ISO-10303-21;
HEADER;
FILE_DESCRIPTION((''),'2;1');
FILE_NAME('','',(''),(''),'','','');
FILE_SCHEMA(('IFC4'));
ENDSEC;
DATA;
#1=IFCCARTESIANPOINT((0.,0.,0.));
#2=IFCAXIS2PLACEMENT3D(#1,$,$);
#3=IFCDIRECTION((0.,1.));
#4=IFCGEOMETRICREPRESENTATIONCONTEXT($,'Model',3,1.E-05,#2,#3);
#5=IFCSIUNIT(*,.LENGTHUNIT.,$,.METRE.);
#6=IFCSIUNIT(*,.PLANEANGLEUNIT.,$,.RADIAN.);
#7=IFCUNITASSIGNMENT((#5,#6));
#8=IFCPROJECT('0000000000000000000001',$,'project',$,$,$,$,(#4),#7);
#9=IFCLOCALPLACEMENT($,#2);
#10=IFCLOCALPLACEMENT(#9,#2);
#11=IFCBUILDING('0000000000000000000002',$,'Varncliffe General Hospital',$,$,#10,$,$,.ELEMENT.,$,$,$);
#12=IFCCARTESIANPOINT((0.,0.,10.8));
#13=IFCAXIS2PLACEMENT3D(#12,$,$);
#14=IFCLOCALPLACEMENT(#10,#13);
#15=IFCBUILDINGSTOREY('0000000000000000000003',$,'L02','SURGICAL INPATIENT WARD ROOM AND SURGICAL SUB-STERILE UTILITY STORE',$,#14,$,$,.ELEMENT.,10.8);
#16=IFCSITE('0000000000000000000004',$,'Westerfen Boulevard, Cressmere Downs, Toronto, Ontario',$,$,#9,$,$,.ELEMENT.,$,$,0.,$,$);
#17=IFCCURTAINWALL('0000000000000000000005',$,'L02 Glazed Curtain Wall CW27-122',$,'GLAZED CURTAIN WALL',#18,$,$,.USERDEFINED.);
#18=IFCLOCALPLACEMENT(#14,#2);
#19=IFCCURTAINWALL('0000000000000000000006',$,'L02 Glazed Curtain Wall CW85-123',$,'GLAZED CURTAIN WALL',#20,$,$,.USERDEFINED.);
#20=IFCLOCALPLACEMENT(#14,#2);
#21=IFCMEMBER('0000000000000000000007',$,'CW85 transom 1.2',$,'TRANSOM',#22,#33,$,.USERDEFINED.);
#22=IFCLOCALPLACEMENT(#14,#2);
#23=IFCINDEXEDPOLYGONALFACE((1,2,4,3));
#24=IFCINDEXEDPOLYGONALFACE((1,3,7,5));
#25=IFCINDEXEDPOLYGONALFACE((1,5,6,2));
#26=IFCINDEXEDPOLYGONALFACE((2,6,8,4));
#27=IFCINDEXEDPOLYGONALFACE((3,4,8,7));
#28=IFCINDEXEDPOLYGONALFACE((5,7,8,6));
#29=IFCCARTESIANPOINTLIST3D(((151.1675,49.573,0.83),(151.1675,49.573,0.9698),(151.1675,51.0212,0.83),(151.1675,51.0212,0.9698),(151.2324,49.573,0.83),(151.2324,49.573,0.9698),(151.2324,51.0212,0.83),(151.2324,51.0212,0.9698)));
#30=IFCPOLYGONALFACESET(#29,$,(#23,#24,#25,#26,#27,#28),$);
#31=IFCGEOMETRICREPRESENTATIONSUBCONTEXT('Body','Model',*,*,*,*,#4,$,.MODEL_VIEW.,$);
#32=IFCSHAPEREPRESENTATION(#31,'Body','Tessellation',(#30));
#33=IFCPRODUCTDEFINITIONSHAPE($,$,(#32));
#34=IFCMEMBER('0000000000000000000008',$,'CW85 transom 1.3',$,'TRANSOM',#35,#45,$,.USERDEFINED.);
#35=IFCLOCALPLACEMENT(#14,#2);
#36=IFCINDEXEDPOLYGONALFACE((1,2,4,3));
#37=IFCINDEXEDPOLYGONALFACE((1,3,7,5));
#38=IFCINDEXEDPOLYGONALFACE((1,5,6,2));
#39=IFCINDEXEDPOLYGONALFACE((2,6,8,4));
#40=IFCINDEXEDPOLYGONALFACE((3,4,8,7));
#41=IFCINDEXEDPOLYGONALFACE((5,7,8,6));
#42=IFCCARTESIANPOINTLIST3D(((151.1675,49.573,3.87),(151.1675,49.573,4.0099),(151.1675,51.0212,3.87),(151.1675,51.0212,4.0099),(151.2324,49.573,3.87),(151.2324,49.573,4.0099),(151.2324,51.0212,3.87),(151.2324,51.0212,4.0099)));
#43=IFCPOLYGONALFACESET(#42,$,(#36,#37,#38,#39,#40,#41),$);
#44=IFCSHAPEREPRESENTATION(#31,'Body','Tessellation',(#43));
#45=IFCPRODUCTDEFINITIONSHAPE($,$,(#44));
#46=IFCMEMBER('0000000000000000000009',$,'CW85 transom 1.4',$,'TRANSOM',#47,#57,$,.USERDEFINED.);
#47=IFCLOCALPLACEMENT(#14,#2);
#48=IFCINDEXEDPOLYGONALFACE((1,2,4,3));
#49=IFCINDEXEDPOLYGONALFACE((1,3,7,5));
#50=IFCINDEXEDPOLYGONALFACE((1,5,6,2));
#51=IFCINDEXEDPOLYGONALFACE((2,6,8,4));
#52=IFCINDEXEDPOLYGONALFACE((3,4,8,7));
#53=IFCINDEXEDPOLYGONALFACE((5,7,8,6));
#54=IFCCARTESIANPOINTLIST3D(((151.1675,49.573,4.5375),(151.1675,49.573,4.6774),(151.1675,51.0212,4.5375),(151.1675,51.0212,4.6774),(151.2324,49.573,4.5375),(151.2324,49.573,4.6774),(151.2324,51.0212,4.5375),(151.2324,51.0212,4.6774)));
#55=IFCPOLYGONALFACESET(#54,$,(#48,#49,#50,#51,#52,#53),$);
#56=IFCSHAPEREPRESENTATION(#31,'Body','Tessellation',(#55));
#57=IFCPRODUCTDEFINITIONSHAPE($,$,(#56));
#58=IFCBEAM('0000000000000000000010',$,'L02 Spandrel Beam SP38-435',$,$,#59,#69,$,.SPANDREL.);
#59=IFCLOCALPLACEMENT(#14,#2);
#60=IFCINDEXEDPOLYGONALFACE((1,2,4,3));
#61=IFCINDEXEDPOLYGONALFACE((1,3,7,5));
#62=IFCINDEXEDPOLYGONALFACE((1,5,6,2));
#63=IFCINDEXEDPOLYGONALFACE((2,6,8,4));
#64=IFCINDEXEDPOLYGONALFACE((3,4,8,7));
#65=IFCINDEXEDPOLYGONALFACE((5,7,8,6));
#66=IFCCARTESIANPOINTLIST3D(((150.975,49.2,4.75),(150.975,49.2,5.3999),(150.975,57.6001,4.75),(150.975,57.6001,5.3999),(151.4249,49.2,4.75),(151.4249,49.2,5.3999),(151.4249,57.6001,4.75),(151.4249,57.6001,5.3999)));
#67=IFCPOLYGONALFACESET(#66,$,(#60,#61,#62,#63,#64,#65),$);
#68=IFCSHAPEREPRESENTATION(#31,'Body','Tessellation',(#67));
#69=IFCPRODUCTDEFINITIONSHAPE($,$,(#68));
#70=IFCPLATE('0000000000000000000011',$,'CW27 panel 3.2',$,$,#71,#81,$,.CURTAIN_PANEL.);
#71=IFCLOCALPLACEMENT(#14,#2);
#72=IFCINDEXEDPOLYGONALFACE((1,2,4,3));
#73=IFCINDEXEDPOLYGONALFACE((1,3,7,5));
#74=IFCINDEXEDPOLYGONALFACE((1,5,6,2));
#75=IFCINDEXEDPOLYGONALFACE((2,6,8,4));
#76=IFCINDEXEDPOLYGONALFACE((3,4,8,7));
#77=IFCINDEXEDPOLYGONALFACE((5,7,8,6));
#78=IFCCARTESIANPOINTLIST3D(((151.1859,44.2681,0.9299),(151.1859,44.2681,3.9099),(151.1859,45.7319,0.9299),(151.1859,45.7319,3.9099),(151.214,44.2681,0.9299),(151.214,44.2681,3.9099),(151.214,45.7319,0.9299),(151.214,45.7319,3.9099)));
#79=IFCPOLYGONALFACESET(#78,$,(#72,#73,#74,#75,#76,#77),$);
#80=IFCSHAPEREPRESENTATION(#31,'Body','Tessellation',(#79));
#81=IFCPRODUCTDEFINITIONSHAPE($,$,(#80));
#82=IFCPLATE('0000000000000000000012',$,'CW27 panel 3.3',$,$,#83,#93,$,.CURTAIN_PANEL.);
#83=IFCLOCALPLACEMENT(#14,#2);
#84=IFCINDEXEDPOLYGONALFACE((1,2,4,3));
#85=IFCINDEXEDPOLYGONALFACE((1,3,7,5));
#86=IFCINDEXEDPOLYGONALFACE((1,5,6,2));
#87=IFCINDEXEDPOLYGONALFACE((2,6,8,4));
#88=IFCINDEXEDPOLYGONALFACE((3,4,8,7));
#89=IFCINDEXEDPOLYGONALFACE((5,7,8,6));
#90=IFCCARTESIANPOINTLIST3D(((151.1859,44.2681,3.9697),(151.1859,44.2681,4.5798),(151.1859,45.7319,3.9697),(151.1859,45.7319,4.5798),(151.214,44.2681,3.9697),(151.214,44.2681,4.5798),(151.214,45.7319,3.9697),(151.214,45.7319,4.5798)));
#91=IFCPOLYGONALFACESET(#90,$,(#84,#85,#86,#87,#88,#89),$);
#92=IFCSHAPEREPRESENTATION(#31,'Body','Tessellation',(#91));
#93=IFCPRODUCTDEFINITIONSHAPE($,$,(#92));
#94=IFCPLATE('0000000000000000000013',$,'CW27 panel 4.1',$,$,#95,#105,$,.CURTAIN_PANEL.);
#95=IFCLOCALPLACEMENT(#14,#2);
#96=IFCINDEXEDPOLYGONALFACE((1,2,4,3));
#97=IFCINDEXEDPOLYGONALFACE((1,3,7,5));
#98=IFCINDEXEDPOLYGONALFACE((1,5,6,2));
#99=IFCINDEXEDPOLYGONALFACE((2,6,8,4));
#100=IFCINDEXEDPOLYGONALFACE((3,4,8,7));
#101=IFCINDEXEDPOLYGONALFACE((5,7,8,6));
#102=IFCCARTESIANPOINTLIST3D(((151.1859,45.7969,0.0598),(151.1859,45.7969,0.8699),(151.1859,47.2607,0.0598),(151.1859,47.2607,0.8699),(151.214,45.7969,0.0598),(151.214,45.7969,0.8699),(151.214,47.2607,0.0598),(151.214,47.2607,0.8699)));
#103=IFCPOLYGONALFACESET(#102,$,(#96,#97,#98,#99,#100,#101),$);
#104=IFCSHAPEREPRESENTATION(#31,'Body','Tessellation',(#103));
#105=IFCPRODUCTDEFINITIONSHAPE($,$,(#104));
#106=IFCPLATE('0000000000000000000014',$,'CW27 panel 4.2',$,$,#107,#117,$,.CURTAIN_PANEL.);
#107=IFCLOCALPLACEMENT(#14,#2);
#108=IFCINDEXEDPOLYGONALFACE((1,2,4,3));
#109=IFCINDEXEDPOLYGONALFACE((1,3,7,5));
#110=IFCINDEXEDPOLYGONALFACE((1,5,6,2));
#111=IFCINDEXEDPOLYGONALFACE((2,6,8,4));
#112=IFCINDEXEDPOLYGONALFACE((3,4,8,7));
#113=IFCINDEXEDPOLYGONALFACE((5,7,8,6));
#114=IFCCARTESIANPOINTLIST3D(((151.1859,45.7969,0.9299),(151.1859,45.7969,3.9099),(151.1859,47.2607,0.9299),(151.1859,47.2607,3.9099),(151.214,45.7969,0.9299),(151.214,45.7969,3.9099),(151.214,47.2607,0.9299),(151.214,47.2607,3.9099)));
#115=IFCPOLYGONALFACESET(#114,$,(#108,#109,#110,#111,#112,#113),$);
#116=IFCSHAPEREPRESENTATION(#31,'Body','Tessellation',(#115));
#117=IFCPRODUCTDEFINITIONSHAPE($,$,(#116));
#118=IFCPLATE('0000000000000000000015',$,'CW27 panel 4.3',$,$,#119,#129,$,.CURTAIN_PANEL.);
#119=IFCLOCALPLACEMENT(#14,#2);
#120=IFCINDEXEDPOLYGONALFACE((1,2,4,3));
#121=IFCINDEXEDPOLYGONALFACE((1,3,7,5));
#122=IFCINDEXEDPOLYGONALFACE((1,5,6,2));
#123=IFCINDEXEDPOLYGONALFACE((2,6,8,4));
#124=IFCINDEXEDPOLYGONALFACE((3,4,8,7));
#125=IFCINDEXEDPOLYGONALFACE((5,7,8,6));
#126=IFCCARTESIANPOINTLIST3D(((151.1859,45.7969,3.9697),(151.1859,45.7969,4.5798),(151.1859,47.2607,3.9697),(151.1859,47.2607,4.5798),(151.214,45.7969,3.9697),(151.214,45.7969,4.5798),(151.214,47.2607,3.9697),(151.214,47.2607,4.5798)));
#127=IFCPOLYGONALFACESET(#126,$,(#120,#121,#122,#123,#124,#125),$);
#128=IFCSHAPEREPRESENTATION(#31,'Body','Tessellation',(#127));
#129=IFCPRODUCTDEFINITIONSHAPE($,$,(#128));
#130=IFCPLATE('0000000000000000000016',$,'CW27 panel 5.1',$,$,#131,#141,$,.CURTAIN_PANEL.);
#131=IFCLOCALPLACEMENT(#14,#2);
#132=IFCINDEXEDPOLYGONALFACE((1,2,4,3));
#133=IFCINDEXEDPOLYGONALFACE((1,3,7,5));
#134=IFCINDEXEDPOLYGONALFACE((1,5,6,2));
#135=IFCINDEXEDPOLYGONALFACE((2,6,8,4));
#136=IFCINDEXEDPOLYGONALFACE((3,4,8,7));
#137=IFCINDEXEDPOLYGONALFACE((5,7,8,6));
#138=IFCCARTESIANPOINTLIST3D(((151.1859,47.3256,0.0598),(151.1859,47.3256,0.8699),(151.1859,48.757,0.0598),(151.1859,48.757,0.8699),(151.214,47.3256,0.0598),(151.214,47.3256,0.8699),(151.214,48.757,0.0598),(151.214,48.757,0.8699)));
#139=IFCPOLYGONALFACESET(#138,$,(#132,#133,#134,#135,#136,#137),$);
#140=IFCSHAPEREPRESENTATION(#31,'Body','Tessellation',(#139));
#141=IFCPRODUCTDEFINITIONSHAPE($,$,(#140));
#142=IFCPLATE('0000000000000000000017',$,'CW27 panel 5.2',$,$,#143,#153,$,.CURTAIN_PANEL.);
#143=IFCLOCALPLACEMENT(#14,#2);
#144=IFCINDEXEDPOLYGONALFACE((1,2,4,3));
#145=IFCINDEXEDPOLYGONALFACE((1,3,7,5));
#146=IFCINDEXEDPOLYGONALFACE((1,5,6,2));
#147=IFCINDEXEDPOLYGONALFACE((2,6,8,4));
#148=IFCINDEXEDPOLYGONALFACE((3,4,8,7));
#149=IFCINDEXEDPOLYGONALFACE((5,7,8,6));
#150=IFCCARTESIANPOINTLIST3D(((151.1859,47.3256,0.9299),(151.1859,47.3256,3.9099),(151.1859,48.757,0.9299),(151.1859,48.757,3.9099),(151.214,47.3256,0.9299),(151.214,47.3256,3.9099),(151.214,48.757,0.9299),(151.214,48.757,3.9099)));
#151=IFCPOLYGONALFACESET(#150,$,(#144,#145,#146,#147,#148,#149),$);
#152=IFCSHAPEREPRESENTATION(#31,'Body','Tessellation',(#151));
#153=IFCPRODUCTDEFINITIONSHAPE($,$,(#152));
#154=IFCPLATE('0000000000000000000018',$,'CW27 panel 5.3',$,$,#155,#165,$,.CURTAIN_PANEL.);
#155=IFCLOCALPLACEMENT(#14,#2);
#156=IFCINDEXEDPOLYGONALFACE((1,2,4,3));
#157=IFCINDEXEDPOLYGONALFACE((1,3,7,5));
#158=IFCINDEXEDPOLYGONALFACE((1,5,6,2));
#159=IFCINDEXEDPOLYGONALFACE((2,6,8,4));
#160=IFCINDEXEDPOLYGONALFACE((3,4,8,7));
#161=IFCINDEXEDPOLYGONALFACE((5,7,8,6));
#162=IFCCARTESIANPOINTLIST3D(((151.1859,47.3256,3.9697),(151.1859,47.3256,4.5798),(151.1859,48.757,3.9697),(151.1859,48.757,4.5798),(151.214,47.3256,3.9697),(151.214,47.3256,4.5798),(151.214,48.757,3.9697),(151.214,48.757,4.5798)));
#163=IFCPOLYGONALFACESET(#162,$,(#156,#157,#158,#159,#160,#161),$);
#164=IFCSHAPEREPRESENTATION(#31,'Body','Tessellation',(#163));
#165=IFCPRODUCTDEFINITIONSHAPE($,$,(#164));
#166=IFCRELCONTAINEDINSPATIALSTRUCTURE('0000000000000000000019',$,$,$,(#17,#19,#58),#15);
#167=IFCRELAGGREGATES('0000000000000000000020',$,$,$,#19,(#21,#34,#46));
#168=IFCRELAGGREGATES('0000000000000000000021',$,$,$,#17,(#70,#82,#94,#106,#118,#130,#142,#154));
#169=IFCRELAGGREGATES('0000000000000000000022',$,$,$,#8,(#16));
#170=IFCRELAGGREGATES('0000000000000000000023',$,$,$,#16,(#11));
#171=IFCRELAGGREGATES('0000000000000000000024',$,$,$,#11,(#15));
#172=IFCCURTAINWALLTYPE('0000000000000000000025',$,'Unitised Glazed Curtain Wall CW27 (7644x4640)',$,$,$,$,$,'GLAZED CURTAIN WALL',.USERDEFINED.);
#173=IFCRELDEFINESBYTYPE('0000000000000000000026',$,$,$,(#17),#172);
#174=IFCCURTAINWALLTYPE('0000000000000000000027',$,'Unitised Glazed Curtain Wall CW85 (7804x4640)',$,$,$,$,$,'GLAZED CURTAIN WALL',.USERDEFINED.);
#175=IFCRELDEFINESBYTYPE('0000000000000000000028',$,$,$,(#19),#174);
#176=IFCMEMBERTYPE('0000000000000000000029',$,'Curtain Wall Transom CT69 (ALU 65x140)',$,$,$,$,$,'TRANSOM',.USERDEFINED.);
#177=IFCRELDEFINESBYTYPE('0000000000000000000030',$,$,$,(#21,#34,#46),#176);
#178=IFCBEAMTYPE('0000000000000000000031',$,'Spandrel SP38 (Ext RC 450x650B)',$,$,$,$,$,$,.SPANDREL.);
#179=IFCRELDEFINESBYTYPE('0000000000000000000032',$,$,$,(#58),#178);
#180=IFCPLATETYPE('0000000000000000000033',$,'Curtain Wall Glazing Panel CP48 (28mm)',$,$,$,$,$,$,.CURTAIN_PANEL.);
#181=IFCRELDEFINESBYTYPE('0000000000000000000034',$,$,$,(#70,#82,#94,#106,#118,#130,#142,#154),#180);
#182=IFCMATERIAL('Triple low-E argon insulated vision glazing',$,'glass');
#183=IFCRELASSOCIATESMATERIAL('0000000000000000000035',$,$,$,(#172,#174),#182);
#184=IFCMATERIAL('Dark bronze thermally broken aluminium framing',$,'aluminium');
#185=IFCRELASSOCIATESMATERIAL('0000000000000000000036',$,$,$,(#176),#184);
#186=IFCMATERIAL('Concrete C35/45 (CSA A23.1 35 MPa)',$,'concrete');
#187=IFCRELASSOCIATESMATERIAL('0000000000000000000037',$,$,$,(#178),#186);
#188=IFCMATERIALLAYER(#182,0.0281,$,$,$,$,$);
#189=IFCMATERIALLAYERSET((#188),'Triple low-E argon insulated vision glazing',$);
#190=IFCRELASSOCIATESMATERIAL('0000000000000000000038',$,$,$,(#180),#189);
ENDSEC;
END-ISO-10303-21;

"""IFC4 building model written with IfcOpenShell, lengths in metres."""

from ifc_helpers import new_model, si_unit, direction, frame, origin, origin_2d, place, context, subcontext, project, spatial, rectangle, extrude, material, layer, layer_set, material_profile, profile_set, type_object, element, aggregate, save


model = new_model("IFC4")

# Units and contexts
model_context = context("Model", 3, precision=1e-05, world=origin(), true_north=direction((0.0, 1.0)))
body_context = subcontext(model_context, "Body", "Model", "MODEL_VIEW")
ifc_project = project(units=[si_unit("LENGTHUNIT", "METRE"), si_unit("PLANEANGLEUNIT", "RADIAN")], contexts=[model_context])

# Site, building, storey
site_placement = place(None, origin())
site = spatial("IfcSite", under=ifc_project, at=site_placement, Name="Westerfen Boulevard, Cressmere Downs, Toronto, Ontario", CompositionType="ELEMENT", RefElevation=0.0)
building_placement = place(site_placement, origin())
building = spatial("IfcBuilding", under=site, at=building_placement, Name="Varncliffe General Hospital", CompositionType="ELEMENT")
storey_placement = place(building_placement, frame((0.0, 0.0, 10.8)))
storey = spatial("IfcBuildingStorey", under=building, at=storey_placement, Name="L02", Description="SURGICAL INPATIENT WARD ROOM AND SURGICAL SUB-STERILE UTILITY STORE", CompositionType="ELEMENT", Elevation=10.8)

# Curtain wall
ifc_material_1 = material(Name="Triple low-E argon insulated vision glazing", Category="glass")
curtain_wall_type_1 = type_object("IfcCurtainWallType", Name="Unitised Glazed Curtain Wall CW27 (7644x4640)", ElementType="GLAZED CURTAIN WALL", PredefinedType="USERDEFINED", material=ifc_material_1)
curtain_wall_1_placement = place(storey_placement, origin())
curtain_wall_1 = element("IfcCurtainWall", 1, at=curtain_wall_1_placement, inside=storey, type_object=curtain_wall_type_1, Name="L02 Glazed Curtain Wall CW27-122", ObjectType="GLAZED CURTAIN WALL", PredefinedType="USERDEFINED")
ifc_material_2 = material(Name="Dark bronze thermally broken aluminium framing", Category="aluminium")

# Curtain wall
curtain_wall_type_2 = type_object("IfcCurtainWallType", Name="Unitised Glazed Curtain Wall CW85 (7804x4640)", ElementType="GLAZED CURTAIN WALL", PredefinedType="USERDEFINED", material=ifc_material_1)
curtain_wall_2_placement = place(storey_placement, origin())
curtain_wall_2 = element("IfcCurtainWall", 2, at=curtain_wall_2_placement, inside=storey, type_object=curtain_wall_type_2, Name="L02 Glazed Curtain Wall CW85-123", ObjectType="GLAZED CURTAIN WALL", PredefinedType="USERDEFINED")

# Members
ifc_material_profile_1 = material_profile(ifc_material_2, rectangle(XDim=0.0649, YDim=0.1399, at=origin_2d()), Name="ALU 65x140")
ifc_profile_set_1 = profile_set([ifc_material_profile_1], Name="Dark bronze thermally broken aluminium framing")
member_type_1 = type_object("IfcMemberType", Name="Curtain Wall Transom CT69 (ALU 65x140)", ElementType="TRANSOM", PredefinedType="USERDEFINED", material=ifc_profile_set_1)
member_1_placement = place(storey_placement, frame((151.2, 49.573, 0.8999), z_axis=(0.0, 1.0, 0.0), x_axis=(-1.0, 0.0, 0.0)))
member_1 = element("IfcMember", 3, at=member_1_placement, type_object=member_type_1, Name="CW85 transom 1.2", ObjectType="TRANSOM", PredefinedType="USERDEFINED", context=body_context, shape_type="SweptSolid", body=[
    extrude(rectangle(XDim=0.0649, YDim=0.1399, at=origin_2d()), origin(), (0.0, 0.0, 1.0), 1.4482),
])
member_2_placement = place(storey_placement, frame((151.2, 49.573, 3.9399), z_axis=(0.0, 1.0, 0.0), x_axis=(-1.0, 0.0, 0.0)))
member_2 = element("IfcMember", 4, at=member_2_placement, type_object=member_type_1, Name="CW85 transom 1.3", ObjectType="TRANSOM", PredefinedType="USERDEFINED", context=body_context, shape_type="SweptSolid", body=[
    extrude(rectangle(XDim=0.0649, YDim=0.1399, at=origin_2d()), origin(), (0.0, 0.0, 1.0), 1.4482),
])
member_3_placement = place(storey_placement, frame((151.2, 49.573, 4.6074), z_axis=(0.0, 1.0, 0.0), x_axis=(-1.0, 0.0, 0.0)))
member_3 = element("IfcMember", 5, at=member_3_placement, type_object=member_type_1, Name="CW85 transom 1.4", ObjectType="TRANSOM", PredefinedType="USERDEFINED", context=body_context, shape_type="SweptSolid", body=[
    extrude(rectangle(XDim=0.0649, YDim=0.1399, at=origin_2d()), origin(), (0.0, 0.0, 1.0), 1.4482),
])
aggregate(curtain_wall_2, [member_1, member_2, member_3])

# Beam
ifc_material_3 = material(Name="Concrete C35/45 (CSA A23.1 35 MPa)", Category="concrete")
ifc_material_profile_2 = material_profile(ifc_material_3, rectangle(XDim=0.45, YDim=0.6499, at=origin_2d()), Name="RC 450x650")
ifc_profile_set_2 = profile_set([ifc_material_profile_2], Name="Concrete C35/45 (CSA A23.1 35 MPa)")
beam_type = type_object("IfcBeamType", Name="Spandrel SP38 (Ext RC 450x650B)", PredefinedType="SPANDREL", material=ifc_profile_set_2)
beam_placement = place(storey_placement, frame((151.2, 49.2, 5.075), z_axis=(0.0, 1.0, 0.0), x_axis=(-1.0, 0.0, 0.0)))
element("IfcBeam", 6, at=beam_placement, inside=storey, type_object=beam_type, Name="L02 Spandrel Beam SP38-435", PredefinedType="SPANDREL", context=body_context, shape_type="SweptSolid", body=[
    extrude(rectangle(XDim=0.45, YDim=0.6499, at=origin_2d()), origin(), (0.0, 0.0, 1.0), 8.4001),
])

# Plates
ifc_layer = layer(ifc_material_1, 0.0281)
ifc_layer_set = layer_set([ifc_layer], Name="Triple low-E argon insulated vision glazing")
plate_type = type_object("IfcPlateType", Name="Curtain Wall Glazing Panel CP48 (28mm)", PredefinedType="CURTAIN_PANEL", material=ifc_layer_set)
plate_1_placement = place(storey_placement, frame((151.2, 45.0, 0.9299), z_axis=(0.0, 0.0, 1.0), x_axis=(0.0, 1.0, 0.0)))
plate_1 = element("IfcPlate", 7, at=plate_1_placement, type_object=plate_type, Name="CW27 panel 3.2", PredefinedType="CURTAIN_PANEL", context=body_context, shape_type="SweptSolid", body=[
    extrude(rectangle(XDim=1.4639, YDim=0.0281, at=origin_2d()), origin(), (0.0, 0.0, 1.0), 2.98),
])
plate_2_placement = place(storey_placement, frame((151.2, 45.0, 3.9697), z_axis=(0.0, 0.0, 1.0), x_axis=(0.0, 1.0, 0.0)))
plate_2 = element("IfcPlate", 8, at=plate_2_placement, type_object=plate_type, Name="CW27 panel 3.3", PredefinedType="CURTAIN_PANEL", context=body_context, shape_type="SweptSolid", body=[
    extrude(rectangle(XDim=1.4639, YDim=0.0281, at=origin_2d()), origin(), (0.0, 0.0, 1.0), 0.6101),
])
plate_3_placement = place(storey_placement, frame((151.2, 46.5288, 0.0598), z_axis=(0.0, 0.0, 1.0), x_axis=(0.0, 1.0, 0.0)))
plate_3 = element("IfcPlate", 9, at=plate_3_placement, type_object=plate_type, Name="CW27 panel 4.1", PredefinedType="CURTAIN_PANEL", context=body_context, shape_type="SweptSolid", body=[
    extrude(rectangle(XDim=1.4639, YDim=0.0281, at=origin_2d()), origin(), (0.0, 0.0, 1.0), 0.8101),
])
plate_4_placement = place(storey_placement, frame((151.2, 46.5288, 0.9299), z_axis=(0.0, 0.0, 1.0), x_axis=(0.0, 1.0, 0.0)))
plate_4 = element("IfcPlate", 10, at=plate_4_placement, type_object=plate_type, Name="CW27 panel 4.2", PredefinedType="CURTAIN_PANEL", context=body_context, shape_type="SweptSolid", body=[
    extrude(rectangle(XDim=1.4639, YDim=0.0281, at=origin_2d()), origin(), (0.0, 0.0, 1.0), 2.98),
])
plate_5_placement = place(storey_placement, frame((151.2, 46.5288, 3.9697), z_axis=(0.0, 0.0, 1.0), x_axis=(0.0, 1.0, 0.0)))
plate_5 = element("IfcPlate", 11, at=plate_5_placement, type_object=plate_type, Name="CW27 panel 4.3", PredefinedType="CURTAIN_PANEL", context=body_context, shape_type="SweptSolid", body=[
    extrude(rectangle(XDim=1.4639, YDim=0.0281, at=origin_2d()), origin(), (0.0, 0.0, 1.0), 0.6101),
])
plate_6_placement = place(storey_placement, frame((151.2, 48.0413, 0.0598), z_axis=(0.0, 0.0, 1.0), x_axis=(0.0, 1.0, 0.0)))
plate_6 = element("IfcPlate", 12, at=plate_6_placement, type_object=plate_type, Name="CW27 panel 5.1", PredefinedType="CURTAIN_PANEL", context=body_context, shape_type="SweptSolid", body=[
    extrude(rectangle(XDim=1.4314, YDim=0.0281, at=origin_2d()), origin(), (0.0, 0.0, 1.0), 0.8101),
])
plate_7_placement = place(storey_placement, frame((151.2, 48.0413, 0.9299), z_axis=(0.0, 0.0, 1.0), x_axis=(0.0, 1.0, 0.0)))
plate_7 = element("IfcPlate", 13, at=plate_7_placement, type_object=plate_type, Name="CW27 panel 5.2", PredefinedType="CURTAIN_PANEL", context=body_context, shape_type="SweptSolid", body=[
    extrude(rectangle(XDim=1.4314, YDim=0.0281, at=origin_2d()), origin(), (0.0, 0.0, 1.0), 2.98),
])
plate_8_placement = place(storey_placement, frame((151.2, 48.0413, 3.9697), z_axis=(0.0, 0.0, 1.0), x_axis=(0.0, 1.0, 0.0)))
plate_8 = element("IfcPlate", 14, at=plate_8_placement, type_object=plate_type, Name="CW27 panel 5.3", PredefinedType="CURTAIN_PANEL", context=body_context, shape_type="SweptSolid", body=[
    extrude(rectangle(XDim=1.4314, YDim=0.0281, at=origin_2d()), origin(), (0.0, 0.0, 1.0), 0.6101),
])
aggregate(curtain_wall_1, [plate_1, plate_2, plate_3, plate_4, plate_5, plate_6, plate_7, plate_8])

save(model, "model.ifc")
